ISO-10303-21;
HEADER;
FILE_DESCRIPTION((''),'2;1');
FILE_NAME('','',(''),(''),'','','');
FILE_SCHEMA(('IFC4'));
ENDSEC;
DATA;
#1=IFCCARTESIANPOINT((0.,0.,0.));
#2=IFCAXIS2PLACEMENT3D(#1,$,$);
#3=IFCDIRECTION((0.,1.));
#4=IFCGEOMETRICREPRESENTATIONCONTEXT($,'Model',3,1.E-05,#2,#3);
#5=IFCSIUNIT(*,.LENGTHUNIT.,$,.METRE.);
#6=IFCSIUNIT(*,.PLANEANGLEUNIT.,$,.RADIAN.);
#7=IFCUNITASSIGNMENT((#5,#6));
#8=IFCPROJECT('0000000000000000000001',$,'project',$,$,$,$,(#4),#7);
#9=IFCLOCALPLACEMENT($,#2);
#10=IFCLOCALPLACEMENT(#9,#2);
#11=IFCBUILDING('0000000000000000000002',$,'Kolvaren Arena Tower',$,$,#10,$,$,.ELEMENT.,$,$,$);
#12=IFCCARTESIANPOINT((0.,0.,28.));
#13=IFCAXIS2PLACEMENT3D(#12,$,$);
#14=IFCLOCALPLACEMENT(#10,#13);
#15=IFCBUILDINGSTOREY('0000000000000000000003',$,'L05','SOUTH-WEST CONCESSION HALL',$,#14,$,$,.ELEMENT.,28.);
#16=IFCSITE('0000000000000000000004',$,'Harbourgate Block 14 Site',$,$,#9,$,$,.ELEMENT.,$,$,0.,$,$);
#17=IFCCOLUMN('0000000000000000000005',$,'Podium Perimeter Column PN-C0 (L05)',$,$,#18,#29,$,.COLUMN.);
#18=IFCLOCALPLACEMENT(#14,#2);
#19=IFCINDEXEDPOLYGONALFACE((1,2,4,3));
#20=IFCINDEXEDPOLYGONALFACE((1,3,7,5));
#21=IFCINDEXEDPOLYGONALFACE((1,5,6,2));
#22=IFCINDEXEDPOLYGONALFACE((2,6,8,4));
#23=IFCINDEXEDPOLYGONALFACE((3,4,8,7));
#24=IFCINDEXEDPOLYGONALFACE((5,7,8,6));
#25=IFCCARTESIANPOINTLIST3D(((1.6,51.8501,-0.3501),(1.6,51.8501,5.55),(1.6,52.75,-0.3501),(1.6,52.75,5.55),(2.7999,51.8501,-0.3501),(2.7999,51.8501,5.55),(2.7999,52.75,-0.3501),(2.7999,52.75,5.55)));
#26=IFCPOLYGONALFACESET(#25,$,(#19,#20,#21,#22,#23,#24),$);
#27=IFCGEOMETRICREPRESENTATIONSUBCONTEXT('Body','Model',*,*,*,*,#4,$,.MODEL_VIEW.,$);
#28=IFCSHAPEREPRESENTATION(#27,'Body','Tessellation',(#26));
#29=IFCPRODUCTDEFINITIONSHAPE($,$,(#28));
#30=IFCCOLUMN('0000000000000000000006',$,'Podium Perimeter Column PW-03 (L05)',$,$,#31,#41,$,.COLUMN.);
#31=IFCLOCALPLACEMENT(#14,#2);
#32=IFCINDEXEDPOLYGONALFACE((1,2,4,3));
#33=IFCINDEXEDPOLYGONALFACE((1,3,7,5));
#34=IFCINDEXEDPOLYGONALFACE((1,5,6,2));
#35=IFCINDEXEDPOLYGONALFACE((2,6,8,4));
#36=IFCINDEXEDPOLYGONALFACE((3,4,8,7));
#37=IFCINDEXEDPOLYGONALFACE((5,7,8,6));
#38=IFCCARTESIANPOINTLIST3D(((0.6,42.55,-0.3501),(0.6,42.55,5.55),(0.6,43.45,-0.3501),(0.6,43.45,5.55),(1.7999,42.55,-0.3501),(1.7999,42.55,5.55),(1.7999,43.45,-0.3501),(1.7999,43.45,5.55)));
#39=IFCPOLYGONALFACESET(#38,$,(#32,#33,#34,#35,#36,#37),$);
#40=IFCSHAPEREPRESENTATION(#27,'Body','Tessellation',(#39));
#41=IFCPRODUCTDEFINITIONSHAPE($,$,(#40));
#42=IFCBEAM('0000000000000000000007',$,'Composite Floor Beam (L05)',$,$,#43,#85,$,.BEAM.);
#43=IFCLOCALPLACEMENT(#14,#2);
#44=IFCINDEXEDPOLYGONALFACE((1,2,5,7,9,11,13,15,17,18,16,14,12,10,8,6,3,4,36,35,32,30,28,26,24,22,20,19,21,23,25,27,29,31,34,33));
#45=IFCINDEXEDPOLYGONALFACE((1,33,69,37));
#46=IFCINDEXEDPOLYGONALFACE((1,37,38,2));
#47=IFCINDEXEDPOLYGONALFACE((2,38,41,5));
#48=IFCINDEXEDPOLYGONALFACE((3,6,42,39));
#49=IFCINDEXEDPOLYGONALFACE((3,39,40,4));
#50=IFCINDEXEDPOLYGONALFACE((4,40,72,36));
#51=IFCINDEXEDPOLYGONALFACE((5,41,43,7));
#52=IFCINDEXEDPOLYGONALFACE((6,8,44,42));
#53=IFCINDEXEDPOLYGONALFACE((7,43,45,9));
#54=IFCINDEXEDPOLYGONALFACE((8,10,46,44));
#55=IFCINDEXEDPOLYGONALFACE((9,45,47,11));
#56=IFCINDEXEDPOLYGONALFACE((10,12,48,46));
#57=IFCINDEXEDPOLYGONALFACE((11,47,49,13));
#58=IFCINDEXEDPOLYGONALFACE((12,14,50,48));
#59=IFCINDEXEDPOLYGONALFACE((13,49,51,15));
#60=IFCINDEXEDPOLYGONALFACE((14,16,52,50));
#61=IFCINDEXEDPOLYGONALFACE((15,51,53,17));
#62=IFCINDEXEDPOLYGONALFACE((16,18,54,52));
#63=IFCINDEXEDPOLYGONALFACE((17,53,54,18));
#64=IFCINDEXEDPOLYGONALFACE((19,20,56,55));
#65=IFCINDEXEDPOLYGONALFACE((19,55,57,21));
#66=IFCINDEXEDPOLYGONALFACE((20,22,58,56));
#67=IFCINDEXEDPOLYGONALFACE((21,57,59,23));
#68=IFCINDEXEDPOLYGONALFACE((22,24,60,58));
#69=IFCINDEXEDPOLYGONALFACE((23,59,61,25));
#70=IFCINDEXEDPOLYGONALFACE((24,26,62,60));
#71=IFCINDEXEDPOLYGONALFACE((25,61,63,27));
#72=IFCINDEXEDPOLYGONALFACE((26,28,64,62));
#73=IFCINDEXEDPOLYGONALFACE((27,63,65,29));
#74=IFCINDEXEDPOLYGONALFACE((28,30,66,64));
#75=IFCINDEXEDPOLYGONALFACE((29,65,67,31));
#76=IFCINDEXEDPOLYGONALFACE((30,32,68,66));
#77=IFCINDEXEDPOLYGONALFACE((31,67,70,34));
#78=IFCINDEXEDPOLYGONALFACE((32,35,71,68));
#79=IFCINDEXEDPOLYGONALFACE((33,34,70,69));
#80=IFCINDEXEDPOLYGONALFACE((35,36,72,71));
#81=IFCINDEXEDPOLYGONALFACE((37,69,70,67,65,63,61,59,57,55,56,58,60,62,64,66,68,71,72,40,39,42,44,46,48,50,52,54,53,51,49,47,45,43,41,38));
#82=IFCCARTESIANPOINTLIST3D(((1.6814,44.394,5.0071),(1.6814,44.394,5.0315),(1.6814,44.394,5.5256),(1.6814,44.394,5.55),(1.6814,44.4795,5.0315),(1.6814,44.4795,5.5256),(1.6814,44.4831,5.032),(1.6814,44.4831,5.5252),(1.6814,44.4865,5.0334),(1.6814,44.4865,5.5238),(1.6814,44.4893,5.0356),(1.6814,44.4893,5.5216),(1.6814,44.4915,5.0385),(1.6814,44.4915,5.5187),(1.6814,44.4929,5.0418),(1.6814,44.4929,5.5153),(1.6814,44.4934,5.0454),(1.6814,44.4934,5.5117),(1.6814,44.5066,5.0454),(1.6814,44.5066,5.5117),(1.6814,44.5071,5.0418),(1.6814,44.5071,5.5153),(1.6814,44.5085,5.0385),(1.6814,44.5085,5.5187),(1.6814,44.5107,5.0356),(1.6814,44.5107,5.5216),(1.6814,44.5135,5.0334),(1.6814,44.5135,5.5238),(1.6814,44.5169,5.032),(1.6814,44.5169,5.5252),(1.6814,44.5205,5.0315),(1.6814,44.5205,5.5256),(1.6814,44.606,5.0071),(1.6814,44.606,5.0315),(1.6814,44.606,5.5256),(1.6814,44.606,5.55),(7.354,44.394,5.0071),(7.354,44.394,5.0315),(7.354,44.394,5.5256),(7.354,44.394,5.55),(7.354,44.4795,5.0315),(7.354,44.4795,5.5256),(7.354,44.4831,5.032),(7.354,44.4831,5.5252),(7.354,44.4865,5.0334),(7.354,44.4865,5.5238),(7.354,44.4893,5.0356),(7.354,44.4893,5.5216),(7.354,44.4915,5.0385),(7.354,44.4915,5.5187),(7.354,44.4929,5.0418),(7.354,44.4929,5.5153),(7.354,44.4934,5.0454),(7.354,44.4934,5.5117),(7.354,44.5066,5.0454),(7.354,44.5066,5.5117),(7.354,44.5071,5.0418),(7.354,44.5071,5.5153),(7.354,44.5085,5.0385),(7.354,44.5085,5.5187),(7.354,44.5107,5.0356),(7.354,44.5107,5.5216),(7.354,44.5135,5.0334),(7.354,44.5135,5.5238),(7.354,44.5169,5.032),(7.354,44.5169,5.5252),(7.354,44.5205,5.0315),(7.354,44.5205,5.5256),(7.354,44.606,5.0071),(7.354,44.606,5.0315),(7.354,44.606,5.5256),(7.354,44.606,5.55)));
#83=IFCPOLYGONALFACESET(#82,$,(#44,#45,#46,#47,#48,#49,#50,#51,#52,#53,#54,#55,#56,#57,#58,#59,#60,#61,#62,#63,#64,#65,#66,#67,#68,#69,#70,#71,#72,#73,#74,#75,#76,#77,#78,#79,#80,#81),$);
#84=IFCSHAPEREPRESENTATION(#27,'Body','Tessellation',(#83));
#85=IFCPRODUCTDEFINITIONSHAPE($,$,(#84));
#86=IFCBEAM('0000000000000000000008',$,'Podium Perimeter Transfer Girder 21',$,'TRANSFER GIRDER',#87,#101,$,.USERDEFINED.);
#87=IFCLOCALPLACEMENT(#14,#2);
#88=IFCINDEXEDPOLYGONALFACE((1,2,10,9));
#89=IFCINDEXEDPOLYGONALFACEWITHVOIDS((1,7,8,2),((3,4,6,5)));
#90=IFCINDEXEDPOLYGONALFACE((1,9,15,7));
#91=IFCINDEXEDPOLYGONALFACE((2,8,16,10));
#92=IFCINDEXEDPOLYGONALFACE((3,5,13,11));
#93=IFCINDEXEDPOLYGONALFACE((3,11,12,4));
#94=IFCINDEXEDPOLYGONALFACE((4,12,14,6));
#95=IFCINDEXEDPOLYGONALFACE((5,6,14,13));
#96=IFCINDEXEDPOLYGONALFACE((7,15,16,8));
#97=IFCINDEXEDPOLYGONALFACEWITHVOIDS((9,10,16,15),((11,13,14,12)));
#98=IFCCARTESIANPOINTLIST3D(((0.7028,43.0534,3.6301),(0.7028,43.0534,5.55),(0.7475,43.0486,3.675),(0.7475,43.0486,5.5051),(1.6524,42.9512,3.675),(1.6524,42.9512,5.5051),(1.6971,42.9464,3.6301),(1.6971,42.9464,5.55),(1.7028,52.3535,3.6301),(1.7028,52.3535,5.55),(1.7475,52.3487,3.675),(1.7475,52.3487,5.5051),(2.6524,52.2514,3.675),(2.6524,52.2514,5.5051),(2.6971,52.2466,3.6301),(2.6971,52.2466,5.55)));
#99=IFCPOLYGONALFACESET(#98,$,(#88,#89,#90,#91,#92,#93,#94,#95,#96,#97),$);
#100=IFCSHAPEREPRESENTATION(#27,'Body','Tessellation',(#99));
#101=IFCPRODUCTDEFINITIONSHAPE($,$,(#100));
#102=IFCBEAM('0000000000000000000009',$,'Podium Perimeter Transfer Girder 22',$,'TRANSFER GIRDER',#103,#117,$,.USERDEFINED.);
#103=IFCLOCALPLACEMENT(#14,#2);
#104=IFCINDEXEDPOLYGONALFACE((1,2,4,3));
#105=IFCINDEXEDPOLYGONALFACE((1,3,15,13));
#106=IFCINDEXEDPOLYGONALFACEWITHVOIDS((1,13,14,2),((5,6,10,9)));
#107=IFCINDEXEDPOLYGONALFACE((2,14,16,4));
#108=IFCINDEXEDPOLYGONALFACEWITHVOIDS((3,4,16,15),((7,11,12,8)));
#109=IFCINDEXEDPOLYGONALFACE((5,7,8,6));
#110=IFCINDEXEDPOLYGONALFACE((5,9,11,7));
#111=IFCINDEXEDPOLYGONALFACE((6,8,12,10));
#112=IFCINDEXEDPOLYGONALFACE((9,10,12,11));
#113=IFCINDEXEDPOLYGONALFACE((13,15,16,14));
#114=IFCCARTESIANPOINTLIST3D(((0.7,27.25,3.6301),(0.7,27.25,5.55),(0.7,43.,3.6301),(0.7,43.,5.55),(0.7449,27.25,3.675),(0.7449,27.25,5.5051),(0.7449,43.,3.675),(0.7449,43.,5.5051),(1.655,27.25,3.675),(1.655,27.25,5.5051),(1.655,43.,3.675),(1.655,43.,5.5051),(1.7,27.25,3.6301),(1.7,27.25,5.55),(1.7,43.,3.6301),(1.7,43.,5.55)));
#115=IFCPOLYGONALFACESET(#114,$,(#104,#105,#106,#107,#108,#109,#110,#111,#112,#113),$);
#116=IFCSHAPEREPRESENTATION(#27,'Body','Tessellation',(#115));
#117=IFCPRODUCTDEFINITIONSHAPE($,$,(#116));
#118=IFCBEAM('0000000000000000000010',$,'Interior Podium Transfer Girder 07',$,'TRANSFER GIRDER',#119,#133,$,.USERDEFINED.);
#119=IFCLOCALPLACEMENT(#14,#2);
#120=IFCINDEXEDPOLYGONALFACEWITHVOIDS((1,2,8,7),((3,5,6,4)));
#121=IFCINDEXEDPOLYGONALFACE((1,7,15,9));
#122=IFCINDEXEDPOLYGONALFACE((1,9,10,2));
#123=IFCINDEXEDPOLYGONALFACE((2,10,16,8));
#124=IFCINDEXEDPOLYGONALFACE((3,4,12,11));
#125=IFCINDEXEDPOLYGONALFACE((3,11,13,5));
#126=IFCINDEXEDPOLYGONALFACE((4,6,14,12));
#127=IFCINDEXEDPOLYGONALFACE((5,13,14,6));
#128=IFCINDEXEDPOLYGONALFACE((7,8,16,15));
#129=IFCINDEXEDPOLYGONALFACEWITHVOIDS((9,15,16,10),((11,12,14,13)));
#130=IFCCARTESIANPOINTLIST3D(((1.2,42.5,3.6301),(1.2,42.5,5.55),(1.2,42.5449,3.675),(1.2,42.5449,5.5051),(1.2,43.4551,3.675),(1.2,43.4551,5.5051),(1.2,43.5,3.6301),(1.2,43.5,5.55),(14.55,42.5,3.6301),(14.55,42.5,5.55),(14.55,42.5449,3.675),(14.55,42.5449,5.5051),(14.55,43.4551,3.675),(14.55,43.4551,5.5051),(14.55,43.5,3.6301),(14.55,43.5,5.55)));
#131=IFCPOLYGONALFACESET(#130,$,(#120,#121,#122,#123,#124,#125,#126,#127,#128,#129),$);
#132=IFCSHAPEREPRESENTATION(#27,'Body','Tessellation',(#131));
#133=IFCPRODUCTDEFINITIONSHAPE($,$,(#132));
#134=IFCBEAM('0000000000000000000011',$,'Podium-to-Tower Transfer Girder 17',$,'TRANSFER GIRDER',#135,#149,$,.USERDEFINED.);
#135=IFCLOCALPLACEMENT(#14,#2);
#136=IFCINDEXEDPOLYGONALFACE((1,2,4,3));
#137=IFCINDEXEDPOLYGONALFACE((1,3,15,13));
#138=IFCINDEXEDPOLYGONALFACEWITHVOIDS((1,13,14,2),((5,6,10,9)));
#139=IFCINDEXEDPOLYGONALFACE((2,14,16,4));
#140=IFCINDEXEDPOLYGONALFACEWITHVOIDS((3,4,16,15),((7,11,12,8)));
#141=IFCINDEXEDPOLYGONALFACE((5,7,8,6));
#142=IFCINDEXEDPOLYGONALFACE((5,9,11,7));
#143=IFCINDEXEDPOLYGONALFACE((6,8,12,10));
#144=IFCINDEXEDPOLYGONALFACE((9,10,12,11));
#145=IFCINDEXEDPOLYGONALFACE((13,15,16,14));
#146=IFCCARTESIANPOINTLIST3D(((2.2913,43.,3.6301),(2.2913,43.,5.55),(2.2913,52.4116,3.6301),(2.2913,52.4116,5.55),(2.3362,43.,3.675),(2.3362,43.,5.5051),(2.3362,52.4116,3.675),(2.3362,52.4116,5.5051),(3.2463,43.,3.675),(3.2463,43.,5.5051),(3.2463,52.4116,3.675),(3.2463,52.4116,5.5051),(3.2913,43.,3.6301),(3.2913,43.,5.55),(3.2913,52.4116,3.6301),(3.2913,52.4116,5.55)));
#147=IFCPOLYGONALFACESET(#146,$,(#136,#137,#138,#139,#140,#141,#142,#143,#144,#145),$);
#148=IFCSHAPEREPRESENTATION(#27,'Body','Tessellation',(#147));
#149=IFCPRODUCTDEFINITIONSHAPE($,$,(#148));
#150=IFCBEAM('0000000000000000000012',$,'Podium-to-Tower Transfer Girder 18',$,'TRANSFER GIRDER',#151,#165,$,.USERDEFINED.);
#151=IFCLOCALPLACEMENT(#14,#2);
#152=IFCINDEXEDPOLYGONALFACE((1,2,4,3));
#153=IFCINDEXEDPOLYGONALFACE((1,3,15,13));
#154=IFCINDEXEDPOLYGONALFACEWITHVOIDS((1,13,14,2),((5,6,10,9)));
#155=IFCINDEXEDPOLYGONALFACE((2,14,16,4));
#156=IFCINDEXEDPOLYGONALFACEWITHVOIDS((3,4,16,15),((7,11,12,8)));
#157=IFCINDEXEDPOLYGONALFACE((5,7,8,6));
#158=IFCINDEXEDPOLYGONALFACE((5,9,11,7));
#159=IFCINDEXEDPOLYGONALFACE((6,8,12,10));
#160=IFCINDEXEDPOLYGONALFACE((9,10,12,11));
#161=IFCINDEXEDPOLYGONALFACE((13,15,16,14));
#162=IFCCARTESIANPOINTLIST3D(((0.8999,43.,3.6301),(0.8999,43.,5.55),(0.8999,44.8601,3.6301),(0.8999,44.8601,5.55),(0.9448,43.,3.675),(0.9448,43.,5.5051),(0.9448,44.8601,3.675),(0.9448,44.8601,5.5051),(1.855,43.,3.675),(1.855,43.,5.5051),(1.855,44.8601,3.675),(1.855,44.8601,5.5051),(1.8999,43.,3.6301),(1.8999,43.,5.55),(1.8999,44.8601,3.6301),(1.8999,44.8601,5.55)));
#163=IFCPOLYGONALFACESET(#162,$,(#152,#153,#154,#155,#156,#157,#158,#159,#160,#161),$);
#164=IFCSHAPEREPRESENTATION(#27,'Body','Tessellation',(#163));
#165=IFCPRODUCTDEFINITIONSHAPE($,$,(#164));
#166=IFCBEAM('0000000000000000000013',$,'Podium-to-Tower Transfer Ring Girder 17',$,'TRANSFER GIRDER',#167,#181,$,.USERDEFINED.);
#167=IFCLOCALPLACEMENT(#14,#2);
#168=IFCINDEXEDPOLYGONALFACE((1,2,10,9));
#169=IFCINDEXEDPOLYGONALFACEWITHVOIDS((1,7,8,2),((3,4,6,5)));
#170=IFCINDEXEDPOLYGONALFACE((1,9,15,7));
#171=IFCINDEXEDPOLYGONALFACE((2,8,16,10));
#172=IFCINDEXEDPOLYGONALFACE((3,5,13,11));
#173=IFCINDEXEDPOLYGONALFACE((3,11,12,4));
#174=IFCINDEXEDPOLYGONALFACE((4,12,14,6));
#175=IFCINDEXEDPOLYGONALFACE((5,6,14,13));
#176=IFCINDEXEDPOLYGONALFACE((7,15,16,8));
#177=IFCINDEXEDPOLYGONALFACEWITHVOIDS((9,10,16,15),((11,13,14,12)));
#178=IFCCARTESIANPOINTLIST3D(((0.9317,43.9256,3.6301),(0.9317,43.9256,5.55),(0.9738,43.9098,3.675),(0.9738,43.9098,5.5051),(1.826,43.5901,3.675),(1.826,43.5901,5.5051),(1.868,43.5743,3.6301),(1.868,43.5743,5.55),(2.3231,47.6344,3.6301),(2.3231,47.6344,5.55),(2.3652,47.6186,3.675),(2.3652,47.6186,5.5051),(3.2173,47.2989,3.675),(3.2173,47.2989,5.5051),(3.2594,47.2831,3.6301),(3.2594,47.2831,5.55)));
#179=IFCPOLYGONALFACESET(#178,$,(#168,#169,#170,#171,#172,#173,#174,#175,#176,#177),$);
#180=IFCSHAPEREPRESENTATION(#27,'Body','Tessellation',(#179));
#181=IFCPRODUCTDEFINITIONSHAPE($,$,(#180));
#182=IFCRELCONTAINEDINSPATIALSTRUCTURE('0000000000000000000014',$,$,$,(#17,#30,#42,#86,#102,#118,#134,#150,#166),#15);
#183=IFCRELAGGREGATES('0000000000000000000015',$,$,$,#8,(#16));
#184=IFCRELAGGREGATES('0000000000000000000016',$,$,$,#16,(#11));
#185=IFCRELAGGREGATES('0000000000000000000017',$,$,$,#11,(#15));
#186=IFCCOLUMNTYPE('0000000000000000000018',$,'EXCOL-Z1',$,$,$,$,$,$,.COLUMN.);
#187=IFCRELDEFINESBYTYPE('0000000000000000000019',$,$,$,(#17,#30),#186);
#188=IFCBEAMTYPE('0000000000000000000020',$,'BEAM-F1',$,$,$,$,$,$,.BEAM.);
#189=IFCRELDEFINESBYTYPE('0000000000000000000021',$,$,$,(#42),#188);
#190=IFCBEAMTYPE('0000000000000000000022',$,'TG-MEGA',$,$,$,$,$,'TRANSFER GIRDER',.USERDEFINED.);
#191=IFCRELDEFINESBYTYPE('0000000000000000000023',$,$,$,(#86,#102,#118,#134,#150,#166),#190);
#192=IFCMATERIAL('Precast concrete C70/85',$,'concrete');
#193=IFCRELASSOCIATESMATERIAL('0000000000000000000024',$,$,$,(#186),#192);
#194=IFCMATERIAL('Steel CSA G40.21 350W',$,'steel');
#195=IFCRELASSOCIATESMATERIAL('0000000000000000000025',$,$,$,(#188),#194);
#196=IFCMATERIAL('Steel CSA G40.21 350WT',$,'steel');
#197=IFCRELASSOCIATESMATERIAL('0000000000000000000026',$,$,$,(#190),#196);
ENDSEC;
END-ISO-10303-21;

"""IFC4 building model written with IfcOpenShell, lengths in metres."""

from ifc_helpers import new_model, si_unit, direction, frame, origin, origin_2d, place, context, subcontext, project, spatial, rectangle, hollow_rectangle, i_section, extrude, material, material_profile, profile_set, type_object, element, save


model = new_model("IFC4")

# Units and contexts
model_context = context("Model", 3, precision=1e-05, world=origin(), true_north=direction((0.0, 1.0)))
body_context = subcontext(model_context, "Body", "Model", "MODEL_VIEW")
ifc_project = project(units=[si_unit("LENGTHUNIT", "METRE"), si_unit("PLANEANGLEUNIT", "RADIAN")], contexts=[model_context])

# Site, building, storey
site_placement = place(None, origin())
site = spatial("IfcSite", under=ifc_project, at=site_placement, Name="Harbourgate Block 14 Site", CompositionType="ELEMENT", RefElevation=0.0)
building_placement = place(site_placement, origin())
building = spatial("IfcBuilding", under=site, at=building_placement, Name="Kolvaren Arena Tower", CompositionType="ELEMENT")
storey_placement = place(building_placement, frame((0.0, 0.0, 28.0)))
storey = spatial("IfcBuildingStorey", under=building, at=storey_placement, Name="L05", Description="SOUTH-WEST CONCESSION HALL", CompositionType="ELEMENT", Elevation=28.0)

# Columns
ifc_material_1 = material(Name="Precast concrete C70/85", Category="concrete")
ifc_material_profile_1 = material_profile(ifc_material_1, rectangle(XDim=1.2, YDim=0.8999, at=origin_2d()), Name="RC-1200x900")
ifc_profile_set_1 = profile_set([ifc_material_profile_1], Name="Precast concrete C70/85")
column_type = type_object("IfcColumnType", Name="EXCOL-Z1", PredefinedType="COLUMN", material=ifc_profile_set_1)
for number, where, z_axis, x_axis, name in (
    (1, (2.2, 52.3, -0.3501), (0.0, 0.0, 1.0), (1.0, 0.0, 0.0), "Podium Perimeter Column PN-C0 (L05)"),
    (2, (1.2, 43.0, -0.3501), (0.0, 0.0, 1.0), (1.0, 0.0, 0.0), "Podium Perimeter Column PW-03 (L05)"),
):
    element("IfcColumn", number, at=place(storey_placement, frame(where, z_axis=z_axis, x_axis=x_axis)), inside=storey, type_object=column_type, Name=name, PredefinedType="COLUMN", context=body_context, shape_type="SweptSolid", body=[
        extrude(rectangle(XDim=1.2, YDim=0.8999, at=origin_2d()), origin(), (0.0, 0.0, 1.0), 5.9001),
    ])

# Beams
ifc_material_2 = material(Name="Steel CSA G40.21 350W", Category="steel")
ifc_material_profile_2 = material_profile(ifc_material_2, i_section(OverallWidth=0.2119, OverallDepth=0.543, WebThickness=0.0132, FlangeThickness=0.0244, FilletRadius=0.0139, at=origin_2d()), Name="W530x150")
ifc_profile_set_2 = profile_set([ifc_material_profile_2], Name="Steel CSA G40.21 350W")
beam_type_1 = type_object("IfcBeamType", Name="BEAM-F1", PredefinedType="BEAM", material=ifc_profile_set_2)
beam_1_placement = place(storey_placement, frame((1.6814, 44.5, 5.2786), z_axis=(1.0, 0.0, 0.0), x_axis=(0.0, 1.0, 0.0)))
element("IfcBeam", 3, at=beam_1_placement, inside=storey, type_object=beam_type_1, Name="Composite Floor Beam (L05)", PredefinedType="BEAM", context=body_context, shape_type="SweptSolid", body=[
    extrude(i_section(OverallWidth=0.2119, OverallDepth=0.543, WebThickness=0.0132, FlangeThickness=0.0244, FilletRadius=0.0139, at=origin_2d()), origin(), (0.0, 0.0, 1.0), 5.6726),
])
ifc_material_3 = material(Name="Steel CSA G40.21 350WT", Category="steel")
ifc_material_profile_3 = material_profile(ifc_material_3, hollow_rectangle(XDim=1.0, YDim=1.9199, WallThickness=0.0449, at=origin_2d()), Name="BOX 1000x1920x45")
ifc_profile_set_3 = profile_set([ifc_material_profile_3], Name="Steel CSA G40.21 350WT")
beam_type_2 = type_object("IfcBeamType", Name="TG-MEGA", ElementType="TRANSFER GIRDER", PredefinedType="USERDEFINED", material=ifc_profile_set_3)
beam_2_placement = place(storey_placement, frame((2.2, 52.3, 4.5901), z_axis=(-0.10691, -0.994269, 0.0), x_axis=(0.994269, -0.10691, 0.0)))
element("IfcBeam", 4, at=beam_2_placement, inside=storey, type_object=beam_type_2, Name="Podium Perimeter Transfer Girder 21", ObjectType="TRANSFER GIRDER", PredefinedType="USERDEFINED", context=body_context, shape_type="SweptSolid", body=[
    extrude(hollow_rectangle(XDim=1.0, YDim=1.9199, WallThickness=0.0449, at=origin_2d()), origin(), (0.0, 0.0, 1.0), 9.3538),
])
beam_3_placement = place(storey_placement, frame((1.2, 43.0, 4.5901), z_axis=(0.0, -1.0, 0.0), x_axis=(1.0, 0.0, 0.0)))
element("IfcBeam", 5, at=beam_3_placement, inside=storey, type_object=beam_type_2, Name="Podium Perimeter Transfer Girder 22", ObjectType="TRANSFER GIRDER", PredefinedType="USERDEFINED", context=body_context, shape_type="SweptSolid", body=[
    extrude(hollow_rectangle(XDim=1.0, YDim=1.9199, WallThickness=0.0449, at=origin_2d()), origin(), (0.0, 0.0, 1.0), 15.75),
])
beam_4_placement = place(storey_placement, frame((1.2, 43.0, 4.5901), z_axis=(1.0, 0.0, 0.0), x_axis=(0.0, 1.0, 0.0)))
element("IfcBeam", 6, at=beam_4_placement, inside=storey, type_object=beam_type_2, Name="Interior Podium Transfer Girder 07", ObjectType="TRANSFER GIRDER", PredefinedType="USERDEFINED", context=body_context, shape_type="SweptSolid", body=[
    extrude(hollow_rectangle(XDim=1.0, YDim=1.9199, WallThickness=0.0449, at=origin_2d()), origin(), (0.0, 0.0, 1.0), 13.3501),
])
beam_5_placement = place(storey_placement, frame((2.7913, 43.0, 4.5901), z_axis=(0.0, 1.0, 0.0), x_axis=(-1.0, 0.0, 0.0)))
element("IfcBeam", 7, at=beam_5_placement, inside=storey, type_object=beam_type_2, Name="Podium-to-Tower Transfer Girder 17", ObjectType="TRANSFER GIRDER", PredefinedType="USERDEFINED", context=body_context, shape_type="SweptSolid", body=[
    extrude(hollow_rectangle(XDim=1.0, YDim=1.9199, WallThickness=0.0449, at=origin_2d()), origin(), (0.0, 0.0, 1.0), 9.4116),
])
beam_6_placement = place(storey_placement, frame((1.3999, 43.0, 4.5901), z_axis=(0.0, 1.0, 0.0), x_axis=(-1.0, 0.0, 0.0)))
element("IfcBeam", 8, at=beam_6_placement, inside=storey, type_object=beam_type_2, Name="Podium-to-Tower Transfer Girder 18", ObjectType="TRANSFER GIRDER", PredefinedType="USERDEFINED", context=body_context, shape_type="SweptSolid", body=[
    extrude(hollow_rectangle(XDim=1.0, YDim=1.9199, WallThickness=0.0449, at=origin_2d()), origin(), (0.0, 0.0, 1.0), 1.8601),
])
beam_7_placement = place(storey_placement, frame((2.7913, 47.4587, 4.5901), z_axis=(-0.351252, -0.936281, 0.0), x_axis=(0.936281, -0.351252, 0.0)))
element("IfcBeam", 9, at=beam_7_placement, inside=storey, type_object=beam_type_2, Name="Podium-to-Tower Transfer Ring Girder 17", ObjectType="TRANSFER GIRDER", PredefinedType="USERDEFINED", context=body_context, shape_type="SweptSolid", body=[
    extrude(hollow_rectangle(XDim=1.0, YDim=1.9199, WallThickness=0.0449, at=origin_2d()), origin(), (0.0, 0.0, 1.0), 3.9612),
])

save(model, "model.ifc")
